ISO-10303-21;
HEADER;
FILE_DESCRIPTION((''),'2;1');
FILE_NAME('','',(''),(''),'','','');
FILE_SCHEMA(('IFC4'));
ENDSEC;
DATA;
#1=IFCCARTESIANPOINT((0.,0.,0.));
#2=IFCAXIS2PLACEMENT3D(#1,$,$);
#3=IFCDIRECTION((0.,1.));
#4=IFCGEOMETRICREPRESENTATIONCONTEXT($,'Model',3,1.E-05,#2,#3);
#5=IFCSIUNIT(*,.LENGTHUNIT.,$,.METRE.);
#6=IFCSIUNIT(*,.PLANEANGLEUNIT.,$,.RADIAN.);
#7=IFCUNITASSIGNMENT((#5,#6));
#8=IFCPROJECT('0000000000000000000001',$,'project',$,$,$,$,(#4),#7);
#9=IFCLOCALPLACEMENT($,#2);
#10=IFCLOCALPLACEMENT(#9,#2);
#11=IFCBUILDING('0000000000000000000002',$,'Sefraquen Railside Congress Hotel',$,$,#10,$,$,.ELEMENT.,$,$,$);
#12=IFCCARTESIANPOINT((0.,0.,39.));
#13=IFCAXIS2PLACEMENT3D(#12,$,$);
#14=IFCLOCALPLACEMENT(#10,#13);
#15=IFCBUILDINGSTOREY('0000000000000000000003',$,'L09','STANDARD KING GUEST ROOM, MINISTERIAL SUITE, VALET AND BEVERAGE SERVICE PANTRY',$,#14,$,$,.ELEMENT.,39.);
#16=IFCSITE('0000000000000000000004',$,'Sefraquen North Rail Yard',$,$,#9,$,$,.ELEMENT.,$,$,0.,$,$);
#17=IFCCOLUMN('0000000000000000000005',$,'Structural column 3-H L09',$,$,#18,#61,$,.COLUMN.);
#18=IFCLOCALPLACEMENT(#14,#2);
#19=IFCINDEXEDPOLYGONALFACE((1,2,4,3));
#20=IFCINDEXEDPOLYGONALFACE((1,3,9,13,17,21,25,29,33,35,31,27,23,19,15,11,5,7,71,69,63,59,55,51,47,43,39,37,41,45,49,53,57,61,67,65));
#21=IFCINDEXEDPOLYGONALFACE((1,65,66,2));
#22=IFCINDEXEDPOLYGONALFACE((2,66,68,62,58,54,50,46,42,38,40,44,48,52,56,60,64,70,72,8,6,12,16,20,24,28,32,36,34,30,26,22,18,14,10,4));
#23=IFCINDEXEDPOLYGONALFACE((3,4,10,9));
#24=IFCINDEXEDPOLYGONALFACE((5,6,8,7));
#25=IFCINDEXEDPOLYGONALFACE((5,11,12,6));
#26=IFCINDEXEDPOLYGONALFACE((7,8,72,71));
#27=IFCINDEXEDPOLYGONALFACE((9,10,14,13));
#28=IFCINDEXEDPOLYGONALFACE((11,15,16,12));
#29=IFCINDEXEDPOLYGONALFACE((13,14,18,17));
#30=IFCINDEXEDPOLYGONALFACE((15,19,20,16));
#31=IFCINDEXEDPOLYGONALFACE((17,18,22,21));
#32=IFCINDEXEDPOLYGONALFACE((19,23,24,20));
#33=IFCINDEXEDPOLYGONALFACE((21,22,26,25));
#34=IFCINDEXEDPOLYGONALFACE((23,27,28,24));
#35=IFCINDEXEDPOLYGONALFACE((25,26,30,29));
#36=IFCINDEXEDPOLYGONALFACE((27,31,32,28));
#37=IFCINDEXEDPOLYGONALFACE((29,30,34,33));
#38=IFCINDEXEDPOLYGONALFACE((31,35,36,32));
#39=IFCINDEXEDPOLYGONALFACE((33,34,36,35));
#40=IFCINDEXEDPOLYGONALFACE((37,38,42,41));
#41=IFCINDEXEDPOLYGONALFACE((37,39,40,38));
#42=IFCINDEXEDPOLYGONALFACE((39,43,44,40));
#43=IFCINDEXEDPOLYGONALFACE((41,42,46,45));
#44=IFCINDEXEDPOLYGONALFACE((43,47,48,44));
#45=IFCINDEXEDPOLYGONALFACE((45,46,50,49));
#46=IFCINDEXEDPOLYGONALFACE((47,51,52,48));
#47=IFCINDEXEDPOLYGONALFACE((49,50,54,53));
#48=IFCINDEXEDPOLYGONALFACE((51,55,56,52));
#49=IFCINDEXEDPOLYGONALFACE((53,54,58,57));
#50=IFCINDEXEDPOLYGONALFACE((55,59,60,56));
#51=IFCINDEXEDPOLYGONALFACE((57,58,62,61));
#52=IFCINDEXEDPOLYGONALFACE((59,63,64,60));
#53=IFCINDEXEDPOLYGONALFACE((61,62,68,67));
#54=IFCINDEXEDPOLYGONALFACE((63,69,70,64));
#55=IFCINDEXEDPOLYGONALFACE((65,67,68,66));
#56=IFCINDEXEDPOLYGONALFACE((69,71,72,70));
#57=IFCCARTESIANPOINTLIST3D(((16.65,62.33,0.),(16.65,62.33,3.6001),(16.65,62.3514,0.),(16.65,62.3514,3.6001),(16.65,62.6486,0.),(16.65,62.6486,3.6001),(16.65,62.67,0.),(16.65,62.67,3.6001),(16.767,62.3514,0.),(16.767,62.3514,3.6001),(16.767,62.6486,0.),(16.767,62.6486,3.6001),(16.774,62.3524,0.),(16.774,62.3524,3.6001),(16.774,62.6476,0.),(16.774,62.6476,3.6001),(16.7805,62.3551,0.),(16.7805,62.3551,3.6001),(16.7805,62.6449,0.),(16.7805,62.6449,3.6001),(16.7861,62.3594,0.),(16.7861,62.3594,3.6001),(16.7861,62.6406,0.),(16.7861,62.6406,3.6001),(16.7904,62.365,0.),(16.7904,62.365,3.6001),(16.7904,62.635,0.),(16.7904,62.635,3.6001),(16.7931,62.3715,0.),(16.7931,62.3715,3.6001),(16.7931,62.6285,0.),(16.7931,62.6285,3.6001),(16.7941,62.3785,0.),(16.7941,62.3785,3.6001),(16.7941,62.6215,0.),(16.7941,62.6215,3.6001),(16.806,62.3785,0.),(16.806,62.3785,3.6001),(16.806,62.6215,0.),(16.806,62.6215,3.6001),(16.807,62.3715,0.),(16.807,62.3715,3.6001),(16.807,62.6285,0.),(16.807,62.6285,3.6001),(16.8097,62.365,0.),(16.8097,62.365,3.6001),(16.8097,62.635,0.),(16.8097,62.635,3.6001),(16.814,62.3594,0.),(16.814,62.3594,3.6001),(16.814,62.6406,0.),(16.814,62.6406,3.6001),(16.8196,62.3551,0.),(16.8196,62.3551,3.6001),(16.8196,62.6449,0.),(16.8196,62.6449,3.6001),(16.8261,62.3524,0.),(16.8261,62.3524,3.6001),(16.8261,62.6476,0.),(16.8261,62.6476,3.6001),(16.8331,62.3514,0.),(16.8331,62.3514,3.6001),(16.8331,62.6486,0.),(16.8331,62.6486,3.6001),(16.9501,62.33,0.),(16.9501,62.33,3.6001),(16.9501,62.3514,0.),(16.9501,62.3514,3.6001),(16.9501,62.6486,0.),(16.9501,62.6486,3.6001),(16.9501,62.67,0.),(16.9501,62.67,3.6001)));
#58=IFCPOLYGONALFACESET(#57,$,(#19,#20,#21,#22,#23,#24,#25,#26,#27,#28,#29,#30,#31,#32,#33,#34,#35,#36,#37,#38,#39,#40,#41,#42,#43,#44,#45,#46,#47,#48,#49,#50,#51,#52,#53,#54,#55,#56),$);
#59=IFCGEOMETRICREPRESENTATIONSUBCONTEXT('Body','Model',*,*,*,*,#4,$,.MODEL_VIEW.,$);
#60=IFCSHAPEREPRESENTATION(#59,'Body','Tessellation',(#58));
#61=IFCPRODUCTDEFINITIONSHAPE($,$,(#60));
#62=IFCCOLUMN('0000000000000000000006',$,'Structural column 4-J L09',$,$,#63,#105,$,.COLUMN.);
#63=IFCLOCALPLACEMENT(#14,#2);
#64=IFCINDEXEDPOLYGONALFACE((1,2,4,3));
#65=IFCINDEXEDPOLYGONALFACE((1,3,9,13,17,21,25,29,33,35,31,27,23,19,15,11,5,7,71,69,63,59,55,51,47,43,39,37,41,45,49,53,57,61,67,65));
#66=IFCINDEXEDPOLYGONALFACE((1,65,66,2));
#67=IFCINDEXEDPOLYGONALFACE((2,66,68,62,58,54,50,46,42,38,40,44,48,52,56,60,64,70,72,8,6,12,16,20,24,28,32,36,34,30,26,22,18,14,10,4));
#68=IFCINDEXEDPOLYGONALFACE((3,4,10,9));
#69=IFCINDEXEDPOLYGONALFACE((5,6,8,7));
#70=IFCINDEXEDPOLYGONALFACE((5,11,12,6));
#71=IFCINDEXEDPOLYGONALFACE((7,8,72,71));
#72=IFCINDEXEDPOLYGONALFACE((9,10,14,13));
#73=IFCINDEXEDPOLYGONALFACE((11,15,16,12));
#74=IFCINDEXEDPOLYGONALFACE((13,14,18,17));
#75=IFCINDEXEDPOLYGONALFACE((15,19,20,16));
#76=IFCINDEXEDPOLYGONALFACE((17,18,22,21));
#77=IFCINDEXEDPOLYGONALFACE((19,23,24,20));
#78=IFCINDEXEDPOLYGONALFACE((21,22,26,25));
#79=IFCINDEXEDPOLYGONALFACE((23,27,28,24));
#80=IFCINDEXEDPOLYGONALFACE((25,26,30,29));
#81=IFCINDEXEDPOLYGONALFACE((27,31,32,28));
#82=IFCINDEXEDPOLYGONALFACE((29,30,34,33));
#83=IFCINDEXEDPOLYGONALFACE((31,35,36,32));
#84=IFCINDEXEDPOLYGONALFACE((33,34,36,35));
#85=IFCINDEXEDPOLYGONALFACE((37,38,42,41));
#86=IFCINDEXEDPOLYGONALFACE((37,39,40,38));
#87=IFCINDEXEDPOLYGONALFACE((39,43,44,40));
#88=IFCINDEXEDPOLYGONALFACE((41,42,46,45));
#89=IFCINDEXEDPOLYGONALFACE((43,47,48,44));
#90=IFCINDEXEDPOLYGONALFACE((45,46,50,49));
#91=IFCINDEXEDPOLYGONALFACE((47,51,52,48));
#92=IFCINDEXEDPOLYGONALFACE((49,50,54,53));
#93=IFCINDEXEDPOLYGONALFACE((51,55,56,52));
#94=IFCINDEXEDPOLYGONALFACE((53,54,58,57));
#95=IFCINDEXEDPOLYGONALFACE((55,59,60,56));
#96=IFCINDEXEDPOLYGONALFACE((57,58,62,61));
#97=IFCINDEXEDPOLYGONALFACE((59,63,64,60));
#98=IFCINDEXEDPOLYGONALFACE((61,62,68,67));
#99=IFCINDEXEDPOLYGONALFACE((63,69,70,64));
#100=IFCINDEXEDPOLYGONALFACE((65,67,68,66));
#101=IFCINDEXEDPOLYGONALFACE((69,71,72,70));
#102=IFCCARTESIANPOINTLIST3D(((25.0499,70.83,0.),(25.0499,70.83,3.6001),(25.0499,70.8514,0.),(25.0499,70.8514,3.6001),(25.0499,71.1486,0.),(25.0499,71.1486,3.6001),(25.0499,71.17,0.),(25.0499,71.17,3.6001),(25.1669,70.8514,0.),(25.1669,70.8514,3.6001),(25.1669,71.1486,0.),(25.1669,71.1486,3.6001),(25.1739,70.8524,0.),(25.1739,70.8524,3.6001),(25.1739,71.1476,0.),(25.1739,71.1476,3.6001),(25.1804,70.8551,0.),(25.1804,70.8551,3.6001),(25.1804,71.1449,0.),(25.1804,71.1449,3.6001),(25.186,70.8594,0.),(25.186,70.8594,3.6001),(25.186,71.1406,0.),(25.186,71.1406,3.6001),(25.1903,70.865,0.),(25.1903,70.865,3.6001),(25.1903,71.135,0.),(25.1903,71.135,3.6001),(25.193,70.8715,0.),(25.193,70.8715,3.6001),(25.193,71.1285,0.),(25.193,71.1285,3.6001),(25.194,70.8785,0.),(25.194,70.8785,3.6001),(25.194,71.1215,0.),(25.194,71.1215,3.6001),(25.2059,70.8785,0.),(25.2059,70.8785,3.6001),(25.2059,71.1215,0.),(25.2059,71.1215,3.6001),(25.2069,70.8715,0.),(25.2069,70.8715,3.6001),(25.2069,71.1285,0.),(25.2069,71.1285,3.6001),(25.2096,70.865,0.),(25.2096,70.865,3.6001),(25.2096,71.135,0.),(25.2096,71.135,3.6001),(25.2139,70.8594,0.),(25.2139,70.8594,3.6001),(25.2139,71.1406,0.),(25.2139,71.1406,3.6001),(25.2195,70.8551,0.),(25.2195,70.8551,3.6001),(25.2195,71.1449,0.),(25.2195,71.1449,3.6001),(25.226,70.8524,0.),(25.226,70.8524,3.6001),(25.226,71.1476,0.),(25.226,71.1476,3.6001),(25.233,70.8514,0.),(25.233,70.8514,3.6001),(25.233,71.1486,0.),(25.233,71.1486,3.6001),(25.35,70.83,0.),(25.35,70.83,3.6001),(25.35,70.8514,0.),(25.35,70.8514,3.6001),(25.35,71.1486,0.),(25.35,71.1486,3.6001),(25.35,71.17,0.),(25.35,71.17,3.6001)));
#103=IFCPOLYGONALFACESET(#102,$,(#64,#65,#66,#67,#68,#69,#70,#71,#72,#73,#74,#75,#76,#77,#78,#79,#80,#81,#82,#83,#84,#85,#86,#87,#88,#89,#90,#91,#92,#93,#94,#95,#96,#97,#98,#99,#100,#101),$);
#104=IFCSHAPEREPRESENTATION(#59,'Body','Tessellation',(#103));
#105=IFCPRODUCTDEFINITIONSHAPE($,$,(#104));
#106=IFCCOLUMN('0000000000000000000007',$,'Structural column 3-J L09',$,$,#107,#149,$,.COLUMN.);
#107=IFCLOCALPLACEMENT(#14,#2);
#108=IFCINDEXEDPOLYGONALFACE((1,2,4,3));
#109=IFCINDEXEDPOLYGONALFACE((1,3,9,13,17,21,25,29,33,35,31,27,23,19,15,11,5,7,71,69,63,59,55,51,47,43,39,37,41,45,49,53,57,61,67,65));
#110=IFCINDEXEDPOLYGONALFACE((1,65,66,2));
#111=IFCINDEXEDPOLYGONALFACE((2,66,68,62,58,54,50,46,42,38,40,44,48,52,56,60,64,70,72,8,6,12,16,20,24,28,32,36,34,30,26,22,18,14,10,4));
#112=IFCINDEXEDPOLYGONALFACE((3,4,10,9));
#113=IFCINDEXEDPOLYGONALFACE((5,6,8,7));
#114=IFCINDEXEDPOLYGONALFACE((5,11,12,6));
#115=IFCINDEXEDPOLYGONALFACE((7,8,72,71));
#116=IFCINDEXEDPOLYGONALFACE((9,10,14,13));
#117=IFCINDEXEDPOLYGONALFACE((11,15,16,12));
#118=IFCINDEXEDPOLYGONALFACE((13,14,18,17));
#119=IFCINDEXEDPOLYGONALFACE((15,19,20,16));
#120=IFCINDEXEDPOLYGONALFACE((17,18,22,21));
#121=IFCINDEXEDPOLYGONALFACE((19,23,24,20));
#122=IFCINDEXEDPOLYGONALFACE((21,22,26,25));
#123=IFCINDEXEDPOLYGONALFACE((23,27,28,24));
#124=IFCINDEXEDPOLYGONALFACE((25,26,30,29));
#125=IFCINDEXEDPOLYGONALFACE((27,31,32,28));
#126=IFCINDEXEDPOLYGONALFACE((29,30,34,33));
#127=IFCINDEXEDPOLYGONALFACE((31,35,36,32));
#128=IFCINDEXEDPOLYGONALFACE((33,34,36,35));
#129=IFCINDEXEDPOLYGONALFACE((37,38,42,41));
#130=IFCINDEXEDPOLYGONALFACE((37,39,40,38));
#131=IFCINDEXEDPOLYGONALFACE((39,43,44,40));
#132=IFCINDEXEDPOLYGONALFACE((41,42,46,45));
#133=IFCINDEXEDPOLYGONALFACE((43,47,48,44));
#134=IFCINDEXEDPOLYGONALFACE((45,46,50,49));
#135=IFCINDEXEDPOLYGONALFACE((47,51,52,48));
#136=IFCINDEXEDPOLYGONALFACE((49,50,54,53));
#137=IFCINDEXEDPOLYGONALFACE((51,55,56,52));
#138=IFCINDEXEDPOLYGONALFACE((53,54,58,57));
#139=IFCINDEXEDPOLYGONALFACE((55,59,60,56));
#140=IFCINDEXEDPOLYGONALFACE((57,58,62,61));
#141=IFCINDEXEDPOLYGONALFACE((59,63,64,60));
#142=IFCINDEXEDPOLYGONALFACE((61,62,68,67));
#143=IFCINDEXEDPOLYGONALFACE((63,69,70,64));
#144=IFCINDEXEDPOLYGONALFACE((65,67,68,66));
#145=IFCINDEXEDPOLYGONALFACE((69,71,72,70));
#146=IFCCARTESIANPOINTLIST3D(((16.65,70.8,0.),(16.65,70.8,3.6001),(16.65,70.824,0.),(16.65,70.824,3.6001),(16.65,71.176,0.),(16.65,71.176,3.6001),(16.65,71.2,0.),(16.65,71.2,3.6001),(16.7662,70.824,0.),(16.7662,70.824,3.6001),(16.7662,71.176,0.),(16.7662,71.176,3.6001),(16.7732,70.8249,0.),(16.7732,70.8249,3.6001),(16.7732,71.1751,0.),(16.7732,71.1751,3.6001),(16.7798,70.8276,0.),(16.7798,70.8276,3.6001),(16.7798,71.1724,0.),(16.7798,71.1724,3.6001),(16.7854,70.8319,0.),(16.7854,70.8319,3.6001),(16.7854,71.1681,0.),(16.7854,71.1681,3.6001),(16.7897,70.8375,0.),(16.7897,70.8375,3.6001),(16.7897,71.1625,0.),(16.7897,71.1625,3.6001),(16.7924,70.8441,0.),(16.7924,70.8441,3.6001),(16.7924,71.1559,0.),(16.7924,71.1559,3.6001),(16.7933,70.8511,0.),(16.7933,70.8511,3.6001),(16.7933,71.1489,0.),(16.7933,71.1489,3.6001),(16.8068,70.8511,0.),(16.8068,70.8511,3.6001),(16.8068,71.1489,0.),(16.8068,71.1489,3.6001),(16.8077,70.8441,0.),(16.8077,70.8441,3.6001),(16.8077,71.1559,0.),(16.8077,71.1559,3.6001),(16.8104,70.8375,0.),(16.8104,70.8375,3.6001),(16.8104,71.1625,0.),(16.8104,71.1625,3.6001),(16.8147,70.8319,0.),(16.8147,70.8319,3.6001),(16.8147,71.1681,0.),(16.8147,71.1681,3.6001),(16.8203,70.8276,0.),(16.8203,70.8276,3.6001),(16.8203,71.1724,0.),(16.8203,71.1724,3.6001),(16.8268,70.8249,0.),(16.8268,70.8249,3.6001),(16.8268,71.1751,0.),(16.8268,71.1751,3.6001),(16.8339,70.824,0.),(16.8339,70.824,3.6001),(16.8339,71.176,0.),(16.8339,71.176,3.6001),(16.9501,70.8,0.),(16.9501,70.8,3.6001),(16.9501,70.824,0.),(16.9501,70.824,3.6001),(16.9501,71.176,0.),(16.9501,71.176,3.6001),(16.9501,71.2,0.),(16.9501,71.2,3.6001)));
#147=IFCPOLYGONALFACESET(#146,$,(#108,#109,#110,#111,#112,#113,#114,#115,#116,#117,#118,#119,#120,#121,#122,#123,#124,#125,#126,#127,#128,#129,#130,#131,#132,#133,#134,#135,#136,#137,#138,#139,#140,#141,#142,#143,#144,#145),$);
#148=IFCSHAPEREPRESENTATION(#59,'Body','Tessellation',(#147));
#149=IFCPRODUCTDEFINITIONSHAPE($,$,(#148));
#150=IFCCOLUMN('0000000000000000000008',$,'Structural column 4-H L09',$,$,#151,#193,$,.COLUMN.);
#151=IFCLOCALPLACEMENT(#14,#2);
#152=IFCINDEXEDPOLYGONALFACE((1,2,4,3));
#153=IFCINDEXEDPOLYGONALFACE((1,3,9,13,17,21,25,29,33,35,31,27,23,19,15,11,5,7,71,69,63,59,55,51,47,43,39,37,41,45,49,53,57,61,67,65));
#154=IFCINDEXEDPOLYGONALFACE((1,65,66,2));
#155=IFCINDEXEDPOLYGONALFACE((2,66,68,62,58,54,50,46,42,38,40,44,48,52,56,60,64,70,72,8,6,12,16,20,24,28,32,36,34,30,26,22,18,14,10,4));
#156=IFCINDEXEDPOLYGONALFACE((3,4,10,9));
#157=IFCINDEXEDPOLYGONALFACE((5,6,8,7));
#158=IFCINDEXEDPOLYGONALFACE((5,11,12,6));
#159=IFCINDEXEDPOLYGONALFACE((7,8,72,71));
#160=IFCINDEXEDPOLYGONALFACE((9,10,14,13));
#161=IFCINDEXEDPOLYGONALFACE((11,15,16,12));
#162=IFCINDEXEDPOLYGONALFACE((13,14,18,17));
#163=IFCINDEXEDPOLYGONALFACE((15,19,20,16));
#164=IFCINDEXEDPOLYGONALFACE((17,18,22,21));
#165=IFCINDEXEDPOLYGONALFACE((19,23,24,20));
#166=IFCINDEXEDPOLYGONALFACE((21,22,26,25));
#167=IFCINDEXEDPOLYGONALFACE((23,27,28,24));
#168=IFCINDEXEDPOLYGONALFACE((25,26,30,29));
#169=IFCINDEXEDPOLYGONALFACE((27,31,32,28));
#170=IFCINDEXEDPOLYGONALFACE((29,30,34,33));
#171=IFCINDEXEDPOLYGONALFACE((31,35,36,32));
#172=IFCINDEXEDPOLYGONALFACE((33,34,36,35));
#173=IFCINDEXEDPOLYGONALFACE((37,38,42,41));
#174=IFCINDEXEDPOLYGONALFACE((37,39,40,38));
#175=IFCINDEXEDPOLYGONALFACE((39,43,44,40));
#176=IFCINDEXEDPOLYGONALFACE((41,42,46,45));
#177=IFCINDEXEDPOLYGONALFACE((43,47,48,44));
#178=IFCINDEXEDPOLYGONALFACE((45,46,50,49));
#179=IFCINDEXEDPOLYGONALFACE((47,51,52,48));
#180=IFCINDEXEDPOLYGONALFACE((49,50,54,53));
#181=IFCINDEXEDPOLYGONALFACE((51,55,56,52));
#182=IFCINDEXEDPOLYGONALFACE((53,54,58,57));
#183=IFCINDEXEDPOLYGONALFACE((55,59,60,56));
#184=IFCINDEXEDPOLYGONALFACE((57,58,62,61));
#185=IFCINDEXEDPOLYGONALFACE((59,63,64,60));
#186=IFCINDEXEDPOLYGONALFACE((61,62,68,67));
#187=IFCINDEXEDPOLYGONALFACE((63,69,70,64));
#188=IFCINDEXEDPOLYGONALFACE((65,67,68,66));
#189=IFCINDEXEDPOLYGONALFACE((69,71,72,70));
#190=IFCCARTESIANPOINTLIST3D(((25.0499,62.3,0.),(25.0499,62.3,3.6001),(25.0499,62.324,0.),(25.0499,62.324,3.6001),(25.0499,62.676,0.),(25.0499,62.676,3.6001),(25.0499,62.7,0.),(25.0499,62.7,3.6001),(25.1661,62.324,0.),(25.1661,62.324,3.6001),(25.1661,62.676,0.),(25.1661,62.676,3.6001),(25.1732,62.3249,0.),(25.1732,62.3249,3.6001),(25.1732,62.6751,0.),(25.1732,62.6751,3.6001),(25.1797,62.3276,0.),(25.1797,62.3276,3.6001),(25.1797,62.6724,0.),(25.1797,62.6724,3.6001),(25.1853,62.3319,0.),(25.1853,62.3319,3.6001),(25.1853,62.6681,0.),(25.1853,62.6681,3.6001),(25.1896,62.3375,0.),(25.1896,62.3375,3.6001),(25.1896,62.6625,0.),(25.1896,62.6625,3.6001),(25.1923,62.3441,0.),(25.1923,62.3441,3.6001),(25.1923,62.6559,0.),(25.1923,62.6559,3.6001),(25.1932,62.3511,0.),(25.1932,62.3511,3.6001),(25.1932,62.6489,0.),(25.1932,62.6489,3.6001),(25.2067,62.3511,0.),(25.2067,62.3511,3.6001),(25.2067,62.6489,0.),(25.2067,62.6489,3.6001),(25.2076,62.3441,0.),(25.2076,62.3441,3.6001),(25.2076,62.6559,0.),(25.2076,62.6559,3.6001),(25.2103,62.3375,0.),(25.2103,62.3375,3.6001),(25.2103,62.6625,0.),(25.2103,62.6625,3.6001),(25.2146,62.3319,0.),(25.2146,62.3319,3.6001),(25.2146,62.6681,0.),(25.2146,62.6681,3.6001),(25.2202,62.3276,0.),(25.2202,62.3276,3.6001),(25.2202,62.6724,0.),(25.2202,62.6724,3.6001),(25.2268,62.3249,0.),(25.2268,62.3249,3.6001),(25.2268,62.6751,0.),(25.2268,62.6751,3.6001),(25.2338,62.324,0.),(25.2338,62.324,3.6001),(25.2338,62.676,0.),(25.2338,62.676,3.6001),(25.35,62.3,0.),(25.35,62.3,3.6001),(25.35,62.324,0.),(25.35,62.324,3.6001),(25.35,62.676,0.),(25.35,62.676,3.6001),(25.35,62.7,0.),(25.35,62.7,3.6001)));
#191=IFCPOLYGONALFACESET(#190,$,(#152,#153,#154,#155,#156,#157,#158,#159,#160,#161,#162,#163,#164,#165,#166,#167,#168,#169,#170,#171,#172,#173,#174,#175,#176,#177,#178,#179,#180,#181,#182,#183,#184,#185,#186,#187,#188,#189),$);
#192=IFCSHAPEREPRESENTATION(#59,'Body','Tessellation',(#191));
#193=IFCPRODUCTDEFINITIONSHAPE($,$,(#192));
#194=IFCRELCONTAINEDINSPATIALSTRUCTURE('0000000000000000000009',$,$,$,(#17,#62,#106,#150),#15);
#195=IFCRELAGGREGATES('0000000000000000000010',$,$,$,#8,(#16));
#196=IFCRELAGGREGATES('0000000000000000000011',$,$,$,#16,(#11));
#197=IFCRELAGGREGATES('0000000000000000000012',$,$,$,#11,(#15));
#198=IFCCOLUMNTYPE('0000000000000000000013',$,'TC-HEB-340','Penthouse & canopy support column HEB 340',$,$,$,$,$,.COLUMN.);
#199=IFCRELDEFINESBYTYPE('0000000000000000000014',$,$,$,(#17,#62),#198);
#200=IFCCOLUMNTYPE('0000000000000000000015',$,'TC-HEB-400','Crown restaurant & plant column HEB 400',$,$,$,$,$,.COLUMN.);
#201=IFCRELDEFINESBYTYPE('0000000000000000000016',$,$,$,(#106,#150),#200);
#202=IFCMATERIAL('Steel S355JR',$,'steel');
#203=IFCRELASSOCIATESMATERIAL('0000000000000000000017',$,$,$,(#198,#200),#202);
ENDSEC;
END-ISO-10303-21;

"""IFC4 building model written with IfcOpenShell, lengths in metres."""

from ifc_helpers import new_model, si_unit, direction, frame, origin, origin_2d, place, context, subcontext, project, spatial, i_section, extrude, material, material_profile, profile_set, type_object, element, save


model = new_model("IFC4")

# Units and contexts
model_context = context("Model", 3, precision=1e-05, world=origin(), true_north=direction((0.0, 1.0)))
body_context = subcontext(model_context, "Body", "Model", "MODEL_VIEW")
ifc_project = project(units=[si_unit("LENGTHUNIT", "METRE"), si_unit("PLANEANGLEUNIT", "RADIAN")], contexts=[model_context])

# Site, building, storey
site_placement = place(None, origin())
site = spatial("IfcSite", under=ifc_project, at=site_placement, Name="Sefraquen North Rail Yard", CompositionType="ELEMENT", RefElevation=0.0)
building_placement = place(site_placement, origin())
building = spatial("IfcBuilding", under=site, at=building_placement, Name="Sefraquen Railside Congress Hotel", CompositionType="ELEMENT")
storey_placement = place(building_placement, frame((0.0, 0.0, 39.0)))
storey = spatial("IfcBuildingStorey", under=building, at=storey_placement, Name="L09", Description="STANDARD KING GUEST ROOM, MINISTERIAL SUITE, VALET AND BEVERAGE SERVICE PANTRY", CompositionType="ELEMENT", Elevation=39.0)

# Columns
ifc_material_1 = material(Name="Steel S355JR", Category="steel")
ifc_material_profile_1 = material_profile(ifc_material_1, i_section(OverallWidth=0.3, OverallDepth=0.3401, WebThickness=0.012, FlangeThickness=0.0215, FilletRadius=0.0271, at=origin_2d()), Name="HEB 340")
ifc_profile_set_1 = profile_set([ifc_material_profile_1], Name="Steel S355JR")
column_type_1 = type_object("IfcColumnType", Name="TC-HEB-340", Description="Penthouse & canopy support column HEB 340", PredefinedType="COLUMN", material=ifc_profile_set_1)
for number, where, z_axis, x_axis, name in (
    (1, (16.8, 62.5, 0.0), (0.0, 0.0, 1.0), (1.0, 0.0, 0.0), "Structural column 3-H L09"),
    (2, (25.2, 71.0, 0.0), (0.0, 0.0, 1.0), (1.0, 0.0, 0.0), "Structural column 4-J L09"),
):
    element("IfcColumn", number, at=place(storey_placement, frame(where, z_axis=z_axis, x_axis=x_axis)), inside=storey, type_object=column_type_1, Name=name, PredefinedType="COLUMN", context=body_context, shape_type="SweptSolid", body=[
        extrude(i_section(OverallWidth=0.3, OverallDepth=0.3401, WebThickness=0.012, FlangeThickness=0.0215, FilletRadius=0.0271, at=origin_2d()), origin(), (0.0, 0.0, 1.0), 3.6001),
    ])
ifc_material_profile_2 = material_profile(ifc_material_1, i_section(OverallWidth=0.3, OverallDepth=0.3999, WebThickness=0.0134, FlangeThickness=0.0239, FilletRadius=0.0271, at=origin_2d()), Name="HEB 400")
ifc_profile_set_2 = profile_set([ifc_material_profile_2], Name="Steel S355JR")
column_type_2 = type_object("IfcColumnType", Name="TC-HEB-400", Description="Crown restaurant & plant column HEB 400", PredefinedType="COLUMN", material=ifc_profile_set_2)
for number, where, z_axis, x_axis, name in (
    (3, (16.8, 71.0, 0.0), (0.0, 0.0, 1.0), (1.0, 0.0, 0.0), "Structural column 3-J L09"),
    (4, (25.2, 62.5, 0.0), (0.0, 0.0, 1.0), (1.0, 0.0, 0.0), "Structural column 4-H L09"),
):
    element("IfcColumn", number, at=place(storey_placement, frame(where, z_axis=z_axis, x_axis=x_axis)), inside=storey, type_object=column_type_2, Name=name, PredefinedType="COLUMN", context=body_context, shape_type="SweptSolid", body=[
        extrude(i_section(OverallWidth=0.3, OverallDepth=0.3999, WebThickness=0.0134, FlangeThickness=0.0239, FilletRadius=0.0271, at=origin_2d()), origin(), (0.0, 0.0, 1.0), 3.6001),
    ])

save(model, "model.ifc")
